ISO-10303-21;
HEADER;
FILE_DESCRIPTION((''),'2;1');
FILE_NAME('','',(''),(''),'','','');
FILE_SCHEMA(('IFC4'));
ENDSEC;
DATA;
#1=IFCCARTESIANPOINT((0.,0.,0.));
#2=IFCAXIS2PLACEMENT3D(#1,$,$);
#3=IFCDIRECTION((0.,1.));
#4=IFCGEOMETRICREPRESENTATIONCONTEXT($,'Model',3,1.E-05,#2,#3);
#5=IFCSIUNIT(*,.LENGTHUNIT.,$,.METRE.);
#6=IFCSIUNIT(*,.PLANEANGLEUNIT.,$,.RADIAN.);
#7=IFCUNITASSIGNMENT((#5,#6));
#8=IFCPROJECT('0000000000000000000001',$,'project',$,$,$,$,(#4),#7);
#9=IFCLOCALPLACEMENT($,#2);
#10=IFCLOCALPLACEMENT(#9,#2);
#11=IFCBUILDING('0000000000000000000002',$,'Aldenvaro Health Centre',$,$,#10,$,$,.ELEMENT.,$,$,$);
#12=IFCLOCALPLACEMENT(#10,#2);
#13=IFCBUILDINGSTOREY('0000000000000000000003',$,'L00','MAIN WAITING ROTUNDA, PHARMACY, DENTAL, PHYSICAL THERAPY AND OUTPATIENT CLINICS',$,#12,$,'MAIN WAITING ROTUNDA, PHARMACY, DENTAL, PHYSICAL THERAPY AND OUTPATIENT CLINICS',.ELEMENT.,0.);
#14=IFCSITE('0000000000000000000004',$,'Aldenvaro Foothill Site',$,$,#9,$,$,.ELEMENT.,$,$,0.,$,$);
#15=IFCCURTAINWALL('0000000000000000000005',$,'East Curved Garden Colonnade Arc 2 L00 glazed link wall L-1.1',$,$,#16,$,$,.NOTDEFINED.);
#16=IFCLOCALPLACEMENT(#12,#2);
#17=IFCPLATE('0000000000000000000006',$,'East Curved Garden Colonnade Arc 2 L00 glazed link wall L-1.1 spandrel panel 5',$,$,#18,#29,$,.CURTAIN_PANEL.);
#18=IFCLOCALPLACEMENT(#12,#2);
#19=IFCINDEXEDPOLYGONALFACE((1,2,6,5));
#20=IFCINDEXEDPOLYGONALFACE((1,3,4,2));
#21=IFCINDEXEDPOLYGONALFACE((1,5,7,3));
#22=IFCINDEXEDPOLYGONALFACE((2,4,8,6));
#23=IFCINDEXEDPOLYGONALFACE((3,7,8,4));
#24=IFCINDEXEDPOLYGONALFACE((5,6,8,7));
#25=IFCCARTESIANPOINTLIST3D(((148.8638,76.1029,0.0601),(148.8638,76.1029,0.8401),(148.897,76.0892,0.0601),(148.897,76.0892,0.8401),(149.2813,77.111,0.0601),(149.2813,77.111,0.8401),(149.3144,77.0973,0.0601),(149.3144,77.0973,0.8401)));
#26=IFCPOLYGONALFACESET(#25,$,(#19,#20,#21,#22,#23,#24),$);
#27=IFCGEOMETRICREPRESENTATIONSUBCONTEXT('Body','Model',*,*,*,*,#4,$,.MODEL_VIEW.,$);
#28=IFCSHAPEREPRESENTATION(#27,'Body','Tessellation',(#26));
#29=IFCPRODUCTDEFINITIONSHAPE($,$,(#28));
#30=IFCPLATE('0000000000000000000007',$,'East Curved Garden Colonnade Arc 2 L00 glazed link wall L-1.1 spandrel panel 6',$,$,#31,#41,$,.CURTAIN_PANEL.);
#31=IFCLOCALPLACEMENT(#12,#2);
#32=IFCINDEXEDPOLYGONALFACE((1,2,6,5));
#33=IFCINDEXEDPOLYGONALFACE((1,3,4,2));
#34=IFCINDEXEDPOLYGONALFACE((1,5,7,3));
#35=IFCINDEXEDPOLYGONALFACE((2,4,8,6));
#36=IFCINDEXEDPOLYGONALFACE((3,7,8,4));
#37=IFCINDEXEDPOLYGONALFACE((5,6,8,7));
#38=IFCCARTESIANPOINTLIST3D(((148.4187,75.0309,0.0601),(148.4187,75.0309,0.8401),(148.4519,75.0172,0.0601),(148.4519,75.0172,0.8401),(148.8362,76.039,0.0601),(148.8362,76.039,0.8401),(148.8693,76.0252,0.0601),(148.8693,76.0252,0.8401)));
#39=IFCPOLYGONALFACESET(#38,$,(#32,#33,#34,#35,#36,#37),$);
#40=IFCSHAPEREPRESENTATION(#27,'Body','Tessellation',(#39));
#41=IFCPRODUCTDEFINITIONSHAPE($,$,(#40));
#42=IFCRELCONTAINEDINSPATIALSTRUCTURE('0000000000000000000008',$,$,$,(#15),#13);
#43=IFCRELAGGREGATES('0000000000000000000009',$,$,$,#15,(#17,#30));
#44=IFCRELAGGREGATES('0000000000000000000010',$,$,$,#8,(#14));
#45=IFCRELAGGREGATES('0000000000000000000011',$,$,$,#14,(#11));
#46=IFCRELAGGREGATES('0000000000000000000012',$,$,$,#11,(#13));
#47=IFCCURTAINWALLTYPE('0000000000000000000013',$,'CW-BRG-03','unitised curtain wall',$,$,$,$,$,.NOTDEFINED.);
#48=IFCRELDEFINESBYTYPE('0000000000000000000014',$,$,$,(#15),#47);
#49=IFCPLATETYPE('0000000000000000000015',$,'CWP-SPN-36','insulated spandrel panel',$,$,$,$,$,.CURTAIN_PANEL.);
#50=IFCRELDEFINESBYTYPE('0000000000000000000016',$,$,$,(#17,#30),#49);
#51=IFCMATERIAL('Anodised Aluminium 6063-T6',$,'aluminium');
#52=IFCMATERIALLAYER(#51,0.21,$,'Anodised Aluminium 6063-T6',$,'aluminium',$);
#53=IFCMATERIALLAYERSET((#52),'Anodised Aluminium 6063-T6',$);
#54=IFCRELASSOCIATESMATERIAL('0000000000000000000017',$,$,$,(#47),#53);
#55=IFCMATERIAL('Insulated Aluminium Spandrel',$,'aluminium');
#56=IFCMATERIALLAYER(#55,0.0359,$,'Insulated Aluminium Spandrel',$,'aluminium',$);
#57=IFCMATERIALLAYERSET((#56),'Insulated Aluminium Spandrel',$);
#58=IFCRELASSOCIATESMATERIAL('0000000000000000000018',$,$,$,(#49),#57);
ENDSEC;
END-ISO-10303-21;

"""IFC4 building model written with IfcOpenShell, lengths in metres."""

from ifc_helpers import new_model, si_unit, direction, frame, origin, origin_2d, place, context, subcontext, project, spatial, rectangle, extrude, material, layer, layer_set, type_object, element, aggregate, save


model = new_model("IFC4")

# Units and contexts
model_context = context("Model", 3, precision=1e-05, world=origin(), true_north=direction((0.0, 1.0)))
body_context = subcontext(model_context, "Body", "Model", "MODEL_VIEW")
ifc_project = project(units=[si_unit("LENGTHUNIT", "METRE"), si_unit("PLANEANGLEUNIT", "RADIAN")], contexts=[model_context])

# Site, building, storey
site_placement = place(None, origin())
site = spatial("IfcSite", under=ifc_project, at=site_placement, Name="Aldenvaro Foothill Site", CompositionType="ELEMENT", RefElevation=0.0)
building_placement = place(site_placement, origin())
building = spatial("IfcBuilding", under=site, at=building_placement, Name="Aldenvaro Health Centre", CompositionType="ELEMENT")
storey_placement = place(building_placement, origin())
storey = spatial("IfcBuildingStorey", under=building, at=storey_placement, Name="L00", Description="MAIN WAITING ROTUNDA, PHARMACY, DENTAL, PHYSICAL THERAPY AND OUTPATIENT CLINICS", LongName="MAIN WAITING ROTUNDA, PHARMACY, DENTAL, PHYSICAL THERAPY AND OUTPATIENT CLINICS", CompositionType="ELEMENT", Elevation=0.0)

# Curtain wall
ifc_material_1 = material(Name="Anodised Aluminium 6063-T6", Category="aluminium")
ifc_layer_1 = layer(ifc_material_1, 0.21, Name="Anodised Aluminium 6063-T6", Category="aluminium")
ifc_layer_set_1 = layer_set([ifc_layer_1], Name="Anodised Aluminium 6063-T6")
curtain_wall_type = type_object("IfcCurtainWallType", Name="CW-BRG-03", Description="unitised curtain wall", PredefinedType="NOTDEFINED", material=ifc_layer_set_1)
curtain_wall_1_placement = place(storey_placement, origin())
curtain_wall_1 = element("IfcCurtainWall", 1, at=curtain_wall_1_placement, inside=storey, type_object=curtain_wall_type, Name="East Curved Garden Colonnade Arc 2 L00 glazed link wall L-1.1", PredefinedType="NOTDEFINED")

# Plates
ifc_material_2 = material(Name="Insulated Aluminium Spandrel", Category="aluminium")
ifc_layer_2 = layer(ifc_material_2, 0.0359, Name="Insulated Aluminium Spandrel", Category="aluminium")
ifc_layer_set_2 = layer_set([ifc_layer_2], Name="Insulated Aluminium Spandrel")
plate_type_1 = type_object("IfcPlateType", Name="CWP-SPN-36", Description="insulated spandrel panel", PredefinedType="CURTAIN_PANEL", material=ifc_layer_set_2)
plate_1_placement = place(storey_placement, frame((149.0891, 76.6001, 0.0601), z_axis=(0.0, 0.0, 1.0), x_axis=(-0.382597, -0.923915, 0.0)))
plate_1 = element("IfcPlate", 2, at=plate_1_placement, type_object=plate_type_1, Name="East Curved Garden Colonnade Arc 2 L00 glazed link wall L-1.1 spandrel panel 5", PredefinedType="CURTAIN_PANEL", context=body_context, shape_type="SweptSolid", body=[
    extrude(rectangle(XDim=1.0911, YDim=0.0359, at=origin_2d()), origin(), (0.0, 0.0, 1.0), 0.78),
])
plate_2_placement = place(storey_placement, frame((148.644, 75.5281, 0.0601), z_axis=(0.0, 0.0, 1.0), x_axis=(-0.382597, -0.923915, 0.0)))
plate_2 = element("IfcPlate", 3, at=plate_2_placement, type_object=plate_type_1, Name="East Curved Garden Colonnade Arc 2 L00 glazed link wall L-1.1 spandrel panel 6", PredefinedType="CURTAIN_PANEL", context=body_context, shape_type="SweptSolid", body=[
    extrude(rectangle(XDim=1.0911, YDim=0.0359, at=origin_2d()), origin(), (0.0, 0.0, 1.0), 0.78),
])
aggregate(curtain_wall_1, [plate_1, plate_2])

save(model, "model.ifc")
